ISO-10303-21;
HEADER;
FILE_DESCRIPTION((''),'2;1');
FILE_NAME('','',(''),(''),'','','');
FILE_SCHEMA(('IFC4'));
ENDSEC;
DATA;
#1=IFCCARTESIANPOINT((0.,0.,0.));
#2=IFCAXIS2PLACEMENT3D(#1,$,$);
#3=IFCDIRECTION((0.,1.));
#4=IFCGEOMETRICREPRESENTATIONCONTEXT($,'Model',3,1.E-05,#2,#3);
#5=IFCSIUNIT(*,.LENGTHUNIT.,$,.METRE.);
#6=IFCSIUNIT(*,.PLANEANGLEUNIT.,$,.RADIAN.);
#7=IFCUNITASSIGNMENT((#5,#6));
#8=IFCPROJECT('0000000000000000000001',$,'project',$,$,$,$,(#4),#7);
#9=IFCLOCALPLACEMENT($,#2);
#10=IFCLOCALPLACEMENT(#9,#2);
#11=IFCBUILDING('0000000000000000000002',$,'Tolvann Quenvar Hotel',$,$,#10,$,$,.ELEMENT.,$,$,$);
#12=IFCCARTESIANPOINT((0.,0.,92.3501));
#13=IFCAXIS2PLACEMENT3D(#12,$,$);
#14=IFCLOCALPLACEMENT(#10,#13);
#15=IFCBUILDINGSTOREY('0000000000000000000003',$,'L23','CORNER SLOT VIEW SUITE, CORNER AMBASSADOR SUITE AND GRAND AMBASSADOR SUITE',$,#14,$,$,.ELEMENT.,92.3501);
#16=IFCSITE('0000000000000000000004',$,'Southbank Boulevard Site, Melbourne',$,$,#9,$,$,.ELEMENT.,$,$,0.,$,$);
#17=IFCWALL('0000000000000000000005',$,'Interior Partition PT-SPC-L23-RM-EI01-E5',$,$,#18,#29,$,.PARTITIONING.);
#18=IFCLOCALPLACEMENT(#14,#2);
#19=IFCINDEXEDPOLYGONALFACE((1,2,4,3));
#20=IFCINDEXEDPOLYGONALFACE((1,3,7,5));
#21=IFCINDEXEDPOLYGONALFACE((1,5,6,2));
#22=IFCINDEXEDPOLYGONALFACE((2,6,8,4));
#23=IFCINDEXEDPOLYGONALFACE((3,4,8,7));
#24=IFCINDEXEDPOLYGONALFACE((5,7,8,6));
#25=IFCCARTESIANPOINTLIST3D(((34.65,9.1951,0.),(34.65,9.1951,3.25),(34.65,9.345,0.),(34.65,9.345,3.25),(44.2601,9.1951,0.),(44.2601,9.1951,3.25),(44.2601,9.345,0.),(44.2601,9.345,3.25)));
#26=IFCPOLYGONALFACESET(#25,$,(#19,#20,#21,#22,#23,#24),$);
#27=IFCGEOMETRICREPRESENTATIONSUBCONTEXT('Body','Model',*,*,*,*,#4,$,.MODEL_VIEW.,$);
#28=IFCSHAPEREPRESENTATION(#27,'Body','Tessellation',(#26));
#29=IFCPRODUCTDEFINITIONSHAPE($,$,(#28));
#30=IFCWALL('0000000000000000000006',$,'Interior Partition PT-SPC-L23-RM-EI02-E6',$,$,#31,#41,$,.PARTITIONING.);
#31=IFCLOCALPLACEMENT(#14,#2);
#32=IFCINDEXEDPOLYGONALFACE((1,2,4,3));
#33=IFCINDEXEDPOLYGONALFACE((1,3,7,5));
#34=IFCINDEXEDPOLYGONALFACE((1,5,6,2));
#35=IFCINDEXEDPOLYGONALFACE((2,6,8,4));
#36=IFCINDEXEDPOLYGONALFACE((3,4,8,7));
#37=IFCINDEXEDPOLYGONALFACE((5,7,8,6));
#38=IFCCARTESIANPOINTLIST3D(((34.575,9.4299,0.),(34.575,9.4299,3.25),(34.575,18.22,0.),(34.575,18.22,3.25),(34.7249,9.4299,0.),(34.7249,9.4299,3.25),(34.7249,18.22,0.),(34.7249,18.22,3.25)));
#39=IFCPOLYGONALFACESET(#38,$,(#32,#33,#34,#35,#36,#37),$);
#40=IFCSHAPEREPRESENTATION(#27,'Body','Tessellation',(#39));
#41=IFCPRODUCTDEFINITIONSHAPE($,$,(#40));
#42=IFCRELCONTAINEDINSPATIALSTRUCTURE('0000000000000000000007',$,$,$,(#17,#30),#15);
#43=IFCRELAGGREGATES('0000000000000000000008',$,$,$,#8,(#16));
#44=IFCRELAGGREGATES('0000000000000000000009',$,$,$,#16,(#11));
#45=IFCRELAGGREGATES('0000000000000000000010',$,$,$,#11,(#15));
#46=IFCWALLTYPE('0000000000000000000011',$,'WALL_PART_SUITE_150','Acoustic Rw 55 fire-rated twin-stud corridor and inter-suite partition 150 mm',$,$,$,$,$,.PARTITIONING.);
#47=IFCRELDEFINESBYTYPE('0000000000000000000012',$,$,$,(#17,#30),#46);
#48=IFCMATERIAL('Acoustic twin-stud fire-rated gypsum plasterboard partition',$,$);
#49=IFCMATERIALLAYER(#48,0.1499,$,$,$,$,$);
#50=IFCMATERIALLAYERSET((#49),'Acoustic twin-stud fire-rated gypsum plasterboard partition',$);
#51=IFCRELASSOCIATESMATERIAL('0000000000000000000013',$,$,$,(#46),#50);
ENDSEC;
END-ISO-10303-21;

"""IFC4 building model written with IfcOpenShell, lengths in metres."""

from ifc_helpers import new_model, si_unit, direction, frame, frame_2d, origin, place, context, subcontext, project, spatial, rectangle, extrude, material, layer, layer_set, type_object, element, save


model = new_model("IFC4")

# Units and contexts
model_context = context("Model", 3, precision=1e-05, world=origin(), true_north=direction((0.0, 1.0)))
body_context = subcontext(model_context, "Body", "Model", "MODEL_VIEW")
ifc_project = project(units=[si_unit("LENGTHUNIT", "METRE"), si_unit("PLANEANGLEUNIT", "RADIAN")], contexts=[model_context])

# Site, building, storey
site_placement = place(None, origin())
site = spatial("IfcSite", under=ifc_project, at=site_placement, Name="Southbank Boulevard Site, Melbourne", CompositionType="ELEMENT", RefElevation=0.0)
building_placement = place(site_placement, origin())
building = spatial("IfcBuilding", under=site, at=building_placement, Name="Tolvann Quenvar Hotel", CompositionType="ELEMENT")
storey_placement = place(building_placement, frame((0.0, 0.0, 92.3501)))
storey = spatial("IfcBuildingStorey", under=building, at=storey_placement, Name="L23", Description="CORNER SLOT VIEW SUITE, CORNER AMBASSADOR SUITE AND GRAND AMBASSADOR SUITE", CompositionType="ELEMENT", Elevation=92.3501)

# Walls
ifc_material_1 = material(Name="Acoustic twin-stud fire-rated gypsum plasterboard partition")
ifc_layer_1 = layer(ifc_material_1, 0.1499)
ifc_layer_set_1 = layer_set([ifc_layer_1], Name="Acoustic twin-stud fire-rated gypsum plasterboard partition")
wall_type = type_object("IfcWallType", Name="WALL_PART_SUITE_150", Description="Acoustic Rw 55 fire-rated twin-stud corridor and inter-suite partition 150 mm", PredefinedType="PARTITIONING", material=ifc_layer_set_1)
wall_1_placement = place(storey_placement, frame((34.6499, 9.27, 0.0), z_axis=(0.0, 0.0, 1.0), x_axis=(1.0, 0.0, 0.0)))
element("IfcWall", 1, at=wall_1_placement, inside=storey, type_object=wall_type, Name="Interior Partition PT-SPC-L23-RM-EI01-E5", PredefinedType="PARTITIONING", context=body_context, shape_type="SweptSolid", body=[
    extrude(rectangle(XDim=9.6101, YDim=0.1499, at=frame_2d((4.8052, 0.0))), origin(), (0.0, 0.0, 1.0), 3.25),
])
wall_2_placement = place(storey_placement, frame((34.6499, 9.4299, 0.0), z_axis=(0.0, 0.0, 1.0), x_axis=(0.0, 1.0, 0.0)))
element("IfcWall", 2, at=wall_2_placement, inside=storey, type_object=wall_type, Name="Interior Partition PT-SPC-L23-RM-EI02-E6", PredefinedType="PARTITIONING", context=body_context, shape_type="SweptSolid", body=[
    extrude(rectangle(XDim=8.79, YDim=0.1499, at=frame_2d((4.395, 0.0))), origin(), (0.0, 0.0, 1.0), 3.25),
])

save(model, "model.ifc")
